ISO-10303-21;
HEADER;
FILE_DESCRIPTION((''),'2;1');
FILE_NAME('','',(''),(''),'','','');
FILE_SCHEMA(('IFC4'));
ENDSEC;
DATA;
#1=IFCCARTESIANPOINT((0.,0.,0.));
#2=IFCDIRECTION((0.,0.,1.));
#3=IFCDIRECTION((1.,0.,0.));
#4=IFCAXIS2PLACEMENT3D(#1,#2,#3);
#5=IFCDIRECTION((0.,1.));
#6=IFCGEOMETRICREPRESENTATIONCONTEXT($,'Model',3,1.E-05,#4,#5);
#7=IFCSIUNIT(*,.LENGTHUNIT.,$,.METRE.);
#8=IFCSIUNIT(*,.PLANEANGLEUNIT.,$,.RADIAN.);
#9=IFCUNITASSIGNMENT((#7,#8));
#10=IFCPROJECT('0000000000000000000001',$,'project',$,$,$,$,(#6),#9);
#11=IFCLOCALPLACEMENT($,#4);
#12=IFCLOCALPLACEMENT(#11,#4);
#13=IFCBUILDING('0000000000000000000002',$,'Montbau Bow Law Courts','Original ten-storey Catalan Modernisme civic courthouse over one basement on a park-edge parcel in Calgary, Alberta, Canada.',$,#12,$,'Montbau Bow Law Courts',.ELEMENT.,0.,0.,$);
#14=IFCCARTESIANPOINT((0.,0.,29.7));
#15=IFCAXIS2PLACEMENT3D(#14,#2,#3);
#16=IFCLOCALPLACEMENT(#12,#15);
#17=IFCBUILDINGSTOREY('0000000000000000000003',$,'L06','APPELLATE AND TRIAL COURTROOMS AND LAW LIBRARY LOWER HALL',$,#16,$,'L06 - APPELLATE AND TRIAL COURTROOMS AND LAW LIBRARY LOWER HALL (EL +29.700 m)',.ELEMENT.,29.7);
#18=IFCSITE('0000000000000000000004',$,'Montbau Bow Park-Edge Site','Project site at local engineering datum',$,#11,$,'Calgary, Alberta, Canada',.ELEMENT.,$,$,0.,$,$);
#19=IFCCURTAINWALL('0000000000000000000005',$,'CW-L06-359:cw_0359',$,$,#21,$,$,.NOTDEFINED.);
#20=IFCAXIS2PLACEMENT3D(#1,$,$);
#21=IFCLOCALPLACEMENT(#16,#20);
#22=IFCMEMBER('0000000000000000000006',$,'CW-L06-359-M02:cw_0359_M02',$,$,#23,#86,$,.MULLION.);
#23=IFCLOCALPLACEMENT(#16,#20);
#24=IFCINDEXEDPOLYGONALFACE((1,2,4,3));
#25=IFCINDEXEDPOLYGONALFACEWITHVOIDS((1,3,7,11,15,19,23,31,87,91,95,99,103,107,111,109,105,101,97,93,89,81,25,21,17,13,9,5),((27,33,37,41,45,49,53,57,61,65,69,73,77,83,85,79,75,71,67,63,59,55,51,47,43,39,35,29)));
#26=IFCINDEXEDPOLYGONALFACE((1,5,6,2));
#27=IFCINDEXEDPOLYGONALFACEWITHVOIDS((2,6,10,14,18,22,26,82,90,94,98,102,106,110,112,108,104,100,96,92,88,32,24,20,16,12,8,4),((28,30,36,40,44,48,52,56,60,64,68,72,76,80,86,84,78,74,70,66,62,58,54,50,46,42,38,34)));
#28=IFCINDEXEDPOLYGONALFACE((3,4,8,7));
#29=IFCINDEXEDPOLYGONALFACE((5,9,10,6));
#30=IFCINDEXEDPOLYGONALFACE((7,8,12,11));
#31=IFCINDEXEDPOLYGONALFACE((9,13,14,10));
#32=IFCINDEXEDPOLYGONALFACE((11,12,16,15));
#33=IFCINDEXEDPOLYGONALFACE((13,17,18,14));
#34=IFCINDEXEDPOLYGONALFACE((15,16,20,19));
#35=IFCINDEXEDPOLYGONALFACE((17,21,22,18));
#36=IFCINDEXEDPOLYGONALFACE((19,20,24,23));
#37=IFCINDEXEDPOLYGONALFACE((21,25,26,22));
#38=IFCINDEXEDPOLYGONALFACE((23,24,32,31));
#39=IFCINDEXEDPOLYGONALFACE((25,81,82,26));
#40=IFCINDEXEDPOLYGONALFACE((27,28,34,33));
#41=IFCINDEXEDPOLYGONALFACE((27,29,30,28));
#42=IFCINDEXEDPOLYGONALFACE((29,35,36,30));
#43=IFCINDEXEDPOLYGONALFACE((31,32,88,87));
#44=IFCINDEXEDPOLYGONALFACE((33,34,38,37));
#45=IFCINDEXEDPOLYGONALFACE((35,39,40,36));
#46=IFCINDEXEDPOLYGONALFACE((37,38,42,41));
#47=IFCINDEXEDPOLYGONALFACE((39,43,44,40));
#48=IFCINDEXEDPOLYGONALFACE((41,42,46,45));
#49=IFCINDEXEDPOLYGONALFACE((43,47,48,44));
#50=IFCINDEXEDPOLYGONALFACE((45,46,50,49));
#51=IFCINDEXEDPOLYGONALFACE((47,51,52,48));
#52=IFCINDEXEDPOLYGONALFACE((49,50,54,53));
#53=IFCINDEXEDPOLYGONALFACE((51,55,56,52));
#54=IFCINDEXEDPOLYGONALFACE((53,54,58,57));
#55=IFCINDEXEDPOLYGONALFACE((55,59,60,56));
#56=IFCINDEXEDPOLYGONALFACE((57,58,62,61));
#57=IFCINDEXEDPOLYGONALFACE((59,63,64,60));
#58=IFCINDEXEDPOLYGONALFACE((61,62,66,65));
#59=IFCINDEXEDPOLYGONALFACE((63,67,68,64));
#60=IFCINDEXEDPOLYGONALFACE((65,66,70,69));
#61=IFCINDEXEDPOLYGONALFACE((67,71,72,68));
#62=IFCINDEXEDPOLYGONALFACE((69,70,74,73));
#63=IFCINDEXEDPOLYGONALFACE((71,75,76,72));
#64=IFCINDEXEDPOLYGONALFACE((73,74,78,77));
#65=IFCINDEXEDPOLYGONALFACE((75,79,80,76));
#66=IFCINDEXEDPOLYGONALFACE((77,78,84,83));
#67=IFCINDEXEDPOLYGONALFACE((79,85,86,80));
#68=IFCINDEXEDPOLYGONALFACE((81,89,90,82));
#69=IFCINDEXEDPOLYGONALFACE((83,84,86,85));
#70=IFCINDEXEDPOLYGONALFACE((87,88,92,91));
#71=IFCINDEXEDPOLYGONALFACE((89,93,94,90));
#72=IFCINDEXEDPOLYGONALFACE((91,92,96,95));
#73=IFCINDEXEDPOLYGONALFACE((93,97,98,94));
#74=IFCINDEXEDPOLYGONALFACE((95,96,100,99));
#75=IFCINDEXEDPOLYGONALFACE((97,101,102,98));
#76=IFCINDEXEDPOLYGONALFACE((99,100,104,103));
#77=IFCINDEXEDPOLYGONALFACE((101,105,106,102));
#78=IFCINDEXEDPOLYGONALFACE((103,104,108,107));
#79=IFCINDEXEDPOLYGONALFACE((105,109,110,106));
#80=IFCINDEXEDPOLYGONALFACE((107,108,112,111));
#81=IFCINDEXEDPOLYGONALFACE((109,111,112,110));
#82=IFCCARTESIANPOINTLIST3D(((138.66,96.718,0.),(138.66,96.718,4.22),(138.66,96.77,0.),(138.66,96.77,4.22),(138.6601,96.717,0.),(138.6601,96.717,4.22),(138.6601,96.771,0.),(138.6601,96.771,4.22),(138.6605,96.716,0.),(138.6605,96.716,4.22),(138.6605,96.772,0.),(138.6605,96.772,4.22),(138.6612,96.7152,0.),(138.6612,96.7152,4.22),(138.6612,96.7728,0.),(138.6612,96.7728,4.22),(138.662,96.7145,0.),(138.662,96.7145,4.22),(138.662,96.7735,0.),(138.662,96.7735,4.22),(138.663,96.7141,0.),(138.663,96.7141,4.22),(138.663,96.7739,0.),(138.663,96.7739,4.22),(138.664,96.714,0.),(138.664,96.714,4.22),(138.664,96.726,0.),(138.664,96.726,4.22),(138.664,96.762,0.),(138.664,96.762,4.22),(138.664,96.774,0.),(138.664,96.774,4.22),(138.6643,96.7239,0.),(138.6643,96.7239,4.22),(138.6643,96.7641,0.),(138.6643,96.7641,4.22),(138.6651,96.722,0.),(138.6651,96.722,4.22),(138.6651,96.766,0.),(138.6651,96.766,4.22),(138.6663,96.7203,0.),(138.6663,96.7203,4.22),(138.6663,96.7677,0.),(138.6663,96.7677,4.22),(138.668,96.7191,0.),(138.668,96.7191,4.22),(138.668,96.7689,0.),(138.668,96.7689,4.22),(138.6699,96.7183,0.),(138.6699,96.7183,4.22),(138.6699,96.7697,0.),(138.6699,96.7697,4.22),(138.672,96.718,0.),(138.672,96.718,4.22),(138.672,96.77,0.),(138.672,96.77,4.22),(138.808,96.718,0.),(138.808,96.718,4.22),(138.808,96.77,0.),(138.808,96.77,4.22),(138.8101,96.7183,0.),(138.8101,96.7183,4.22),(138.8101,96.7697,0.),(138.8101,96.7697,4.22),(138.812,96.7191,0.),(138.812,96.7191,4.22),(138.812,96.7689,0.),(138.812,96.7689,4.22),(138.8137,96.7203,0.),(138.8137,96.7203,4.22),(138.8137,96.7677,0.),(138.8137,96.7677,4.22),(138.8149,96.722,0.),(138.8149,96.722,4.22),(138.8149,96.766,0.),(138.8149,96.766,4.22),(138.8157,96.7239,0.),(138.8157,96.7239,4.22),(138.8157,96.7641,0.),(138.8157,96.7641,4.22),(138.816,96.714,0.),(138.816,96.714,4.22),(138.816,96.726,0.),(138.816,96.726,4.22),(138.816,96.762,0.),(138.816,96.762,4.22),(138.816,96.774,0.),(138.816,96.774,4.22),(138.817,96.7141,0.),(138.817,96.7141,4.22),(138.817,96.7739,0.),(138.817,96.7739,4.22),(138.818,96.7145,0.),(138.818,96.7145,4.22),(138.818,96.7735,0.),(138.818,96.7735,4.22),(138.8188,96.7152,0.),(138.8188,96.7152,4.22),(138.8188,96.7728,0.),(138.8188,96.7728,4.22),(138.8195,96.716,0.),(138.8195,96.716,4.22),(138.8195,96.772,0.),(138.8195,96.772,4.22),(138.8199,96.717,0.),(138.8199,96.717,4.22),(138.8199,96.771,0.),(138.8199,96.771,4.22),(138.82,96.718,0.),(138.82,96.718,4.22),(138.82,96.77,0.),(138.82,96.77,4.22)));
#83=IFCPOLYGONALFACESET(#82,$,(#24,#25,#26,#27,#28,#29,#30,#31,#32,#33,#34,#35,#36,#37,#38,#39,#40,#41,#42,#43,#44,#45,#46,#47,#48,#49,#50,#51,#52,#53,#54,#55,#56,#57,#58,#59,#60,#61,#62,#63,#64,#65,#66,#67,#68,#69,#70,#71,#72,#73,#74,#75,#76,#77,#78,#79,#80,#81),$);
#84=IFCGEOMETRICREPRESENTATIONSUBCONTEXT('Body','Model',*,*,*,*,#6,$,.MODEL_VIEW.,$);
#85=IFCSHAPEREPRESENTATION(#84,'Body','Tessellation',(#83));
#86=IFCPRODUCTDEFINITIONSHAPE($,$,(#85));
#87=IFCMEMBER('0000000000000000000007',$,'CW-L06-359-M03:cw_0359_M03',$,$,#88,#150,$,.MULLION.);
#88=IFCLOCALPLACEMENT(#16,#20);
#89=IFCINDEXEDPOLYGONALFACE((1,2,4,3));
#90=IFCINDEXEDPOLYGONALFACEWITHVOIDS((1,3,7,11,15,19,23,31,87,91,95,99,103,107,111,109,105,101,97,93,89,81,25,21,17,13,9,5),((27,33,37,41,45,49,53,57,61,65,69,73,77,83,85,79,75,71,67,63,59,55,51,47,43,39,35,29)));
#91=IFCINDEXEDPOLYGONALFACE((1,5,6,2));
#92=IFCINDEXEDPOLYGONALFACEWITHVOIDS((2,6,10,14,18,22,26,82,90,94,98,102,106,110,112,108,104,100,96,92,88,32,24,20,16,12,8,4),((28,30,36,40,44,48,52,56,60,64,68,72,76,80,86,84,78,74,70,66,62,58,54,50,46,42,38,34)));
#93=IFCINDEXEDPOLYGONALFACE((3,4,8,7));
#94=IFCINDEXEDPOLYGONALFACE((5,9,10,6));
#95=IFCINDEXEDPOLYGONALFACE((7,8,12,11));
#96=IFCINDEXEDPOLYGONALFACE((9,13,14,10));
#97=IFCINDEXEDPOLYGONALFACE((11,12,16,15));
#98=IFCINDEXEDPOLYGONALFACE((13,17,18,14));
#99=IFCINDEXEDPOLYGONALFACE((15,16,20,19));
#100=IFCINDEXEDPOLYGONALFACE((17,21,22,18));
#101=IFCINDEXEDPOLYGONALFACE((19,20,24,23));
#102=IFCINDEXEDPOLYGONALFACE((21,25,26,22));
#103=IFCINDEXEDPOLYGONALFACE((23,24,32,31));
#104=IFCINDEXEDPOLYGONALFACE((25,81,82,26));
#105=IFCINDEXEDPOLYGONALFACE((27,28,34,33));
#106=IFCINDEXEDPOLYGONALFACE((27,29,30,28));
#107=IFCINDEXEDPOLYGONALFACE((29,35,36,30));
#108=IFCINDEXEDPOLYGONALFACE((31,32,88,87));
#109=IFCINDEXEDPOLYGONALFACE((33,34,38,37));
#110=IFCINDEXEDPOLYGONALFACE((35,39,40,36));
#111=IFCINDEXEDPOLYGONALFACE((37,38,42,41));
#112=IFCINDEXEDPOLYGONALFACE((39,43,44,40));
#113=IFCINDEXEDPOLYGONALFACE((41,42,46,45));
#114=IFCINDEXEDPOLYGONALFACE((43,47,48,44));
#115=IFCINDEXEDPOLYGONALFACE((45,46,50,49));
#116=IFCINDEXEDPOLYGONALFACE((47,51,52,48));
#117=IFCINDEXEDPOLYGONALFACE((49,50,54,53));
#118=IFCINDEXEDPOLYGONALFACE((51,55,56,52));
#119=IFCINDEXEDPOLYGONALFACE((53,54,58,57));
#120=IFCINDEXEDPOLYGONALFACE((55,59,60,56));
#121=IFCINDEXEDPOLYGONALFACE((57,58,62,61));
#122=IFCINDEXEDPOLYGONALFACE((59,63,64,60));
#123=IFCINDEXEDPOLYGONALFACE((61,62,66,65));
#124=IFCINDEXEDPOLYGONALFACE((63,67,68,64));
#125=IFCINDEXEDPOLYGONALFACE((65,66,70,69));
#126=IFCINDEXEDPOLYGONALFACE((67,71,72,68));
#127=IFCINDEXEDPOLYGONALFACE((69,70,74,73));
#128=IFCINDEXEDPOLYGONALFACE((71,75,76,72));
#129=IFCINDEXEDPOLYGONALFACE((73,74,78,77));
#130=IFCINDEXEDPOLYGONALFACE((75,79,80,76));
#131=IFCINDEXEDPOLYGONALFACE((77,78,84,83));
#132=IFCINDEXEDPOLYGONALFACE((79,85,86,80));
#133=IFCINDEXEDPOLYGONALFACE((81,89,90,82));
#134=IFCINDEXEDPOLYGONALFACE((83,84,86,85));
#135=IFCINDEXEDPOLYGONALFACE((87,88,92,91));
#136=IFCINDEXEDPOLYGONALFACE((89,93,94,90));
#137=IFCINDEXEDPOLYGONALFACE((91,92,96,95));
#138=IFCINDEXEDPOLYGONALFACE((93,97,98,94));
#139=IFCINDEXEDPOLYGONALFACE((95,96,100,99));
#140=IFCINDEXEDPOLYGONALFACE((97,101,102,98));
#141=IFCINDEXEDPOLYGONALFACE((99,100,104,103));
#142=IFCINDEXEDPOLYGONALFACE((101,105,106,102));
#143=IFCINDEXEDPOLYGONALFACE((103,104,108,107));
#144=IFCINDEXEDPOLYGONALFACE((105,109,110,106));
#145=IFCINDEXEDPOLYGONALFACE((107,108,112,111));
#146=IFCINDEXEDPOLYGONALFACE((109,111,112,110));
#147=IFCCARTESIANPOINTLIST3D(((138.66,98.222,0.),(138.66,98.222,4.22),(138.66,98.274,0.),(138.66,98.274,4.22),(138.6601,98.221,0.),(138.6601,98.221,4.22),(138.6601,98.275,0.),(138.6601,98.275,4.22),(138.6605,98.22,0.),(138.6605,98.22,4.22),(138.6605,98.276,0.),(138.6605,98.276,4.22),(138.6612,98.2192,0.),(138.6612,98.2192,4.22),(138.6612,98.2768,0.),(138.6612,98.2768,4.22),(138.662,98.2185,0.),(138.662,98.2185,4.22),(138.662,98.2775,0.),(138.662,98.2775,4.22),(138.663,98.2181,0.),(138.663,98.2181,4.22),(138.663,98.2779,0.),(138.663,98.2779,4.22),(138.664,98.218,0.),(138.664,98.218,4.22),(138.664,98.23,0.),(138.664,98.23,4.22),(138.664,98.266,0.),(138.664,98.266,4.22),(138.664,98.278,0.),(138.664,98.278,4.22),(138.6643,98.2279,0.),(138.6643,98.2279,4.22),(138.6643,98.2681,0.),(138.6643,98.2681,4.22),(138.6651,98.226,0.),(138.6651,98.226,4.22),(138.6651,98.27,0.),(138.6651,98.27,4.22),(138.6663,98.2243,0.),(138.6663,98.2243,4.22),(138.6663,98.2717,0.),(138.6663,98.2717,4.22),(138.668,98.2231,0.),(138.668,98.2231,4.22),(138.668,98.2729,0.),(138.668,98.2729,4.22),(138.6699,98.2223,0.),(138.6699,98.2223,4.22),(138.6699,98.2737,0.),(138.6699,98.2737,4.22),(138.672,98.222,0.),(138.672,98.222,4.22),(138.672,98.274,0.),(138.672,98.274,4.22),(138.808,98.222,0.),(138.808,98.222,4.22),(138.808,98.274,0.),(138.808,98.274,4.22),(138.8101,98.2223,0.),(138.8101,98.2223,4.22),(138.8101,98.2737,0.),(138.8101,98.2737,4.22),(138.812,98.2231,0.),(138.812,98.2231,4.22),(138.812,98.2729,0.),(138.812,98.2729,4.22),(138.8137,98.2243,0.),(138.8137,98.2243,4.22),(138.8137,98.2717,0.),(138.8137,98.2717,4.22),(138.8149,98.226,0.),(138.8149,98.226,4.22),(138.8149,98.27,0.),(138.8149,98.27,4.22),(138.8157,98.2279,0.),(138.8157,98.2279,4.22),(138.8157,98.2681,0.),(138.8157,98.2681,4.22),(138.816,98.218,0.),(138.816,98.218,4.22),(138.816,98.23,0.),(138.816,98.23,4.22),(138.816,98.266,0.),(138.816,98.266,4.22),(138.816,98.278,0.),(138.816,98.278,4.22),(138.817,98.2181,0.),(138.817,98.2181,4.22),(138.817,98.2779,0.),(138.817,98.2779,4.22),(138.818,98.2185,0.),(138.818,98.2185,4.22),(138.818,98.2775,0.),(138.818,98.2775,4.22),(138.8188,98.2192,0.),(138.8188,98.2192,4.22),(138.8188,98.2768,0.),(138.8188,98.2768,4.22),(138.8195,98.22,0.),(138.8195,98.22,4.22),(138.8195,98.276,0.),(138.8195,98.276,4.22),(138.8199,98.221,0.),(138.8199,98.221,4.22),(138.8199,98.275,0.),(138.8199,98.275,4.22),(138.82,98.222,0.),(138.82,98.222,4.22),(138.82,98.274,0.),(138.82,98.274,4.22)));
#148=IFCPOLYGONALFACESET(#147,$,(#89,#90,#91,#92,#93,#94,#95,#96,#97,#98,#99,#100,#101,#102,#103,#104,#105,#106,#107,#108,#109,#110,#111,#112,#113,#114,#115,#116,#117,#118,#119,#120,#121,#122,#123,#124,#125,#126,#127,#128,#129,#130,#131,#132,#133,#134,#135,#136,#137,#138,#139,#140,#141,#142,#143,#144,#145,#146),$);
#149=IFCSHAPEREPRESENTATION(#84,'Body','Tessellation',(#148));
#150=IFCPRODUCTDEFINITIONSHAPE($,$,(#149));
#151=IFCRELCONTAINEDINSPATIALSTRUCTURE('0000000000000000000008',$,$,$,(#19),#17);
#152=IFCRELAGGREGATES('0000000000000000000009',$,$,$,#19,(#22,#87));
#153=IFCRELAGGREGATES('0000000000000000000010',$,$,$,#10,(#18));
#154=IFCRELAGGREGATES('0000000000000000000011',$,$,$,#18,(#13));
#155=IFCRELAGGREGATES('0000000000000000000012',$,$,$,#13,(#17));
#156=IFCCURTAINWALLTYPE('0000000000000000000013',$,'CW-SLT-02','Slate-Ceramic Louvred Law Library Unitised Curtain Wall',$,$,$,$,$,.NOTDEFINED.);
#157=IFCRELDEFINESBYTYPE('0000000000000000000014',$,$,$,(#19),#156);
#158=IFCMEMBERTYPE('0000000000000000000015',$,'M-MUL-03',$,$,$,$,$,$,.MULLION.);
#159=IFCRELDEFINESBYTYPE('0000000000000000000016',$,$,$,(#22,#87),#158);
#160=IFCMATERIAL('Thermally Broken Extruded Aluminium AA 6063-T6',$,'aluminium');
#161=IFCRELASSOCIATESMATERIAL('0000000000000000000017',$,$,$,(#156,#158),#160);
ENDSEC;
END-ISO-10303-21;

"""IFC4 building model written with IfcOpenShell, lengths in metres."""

from ifc_helpers import new_model, si_unit, direction, frame, origin_with_axes, origin_2d_with_axis, place, context, subcontext, project, spatial, hollow_rectangle, extrude, material, material_profile, profile_set, type_object, element, aggregate, save


model = new_model("IFC4")

# Units and contexts
model_context = context("Model", 3, precision=1e-05, world=origin_with_axes(), true_north=direction((0.0, 1.0)))
body_context = subcontext(model_context, "Body", "Model", "MODEL_VIEW")
ifc_project = project(units=[si_unit("LENGTHUNIT", "METRE"), si_unit("PLANEANGLEUNIT", "RADIAN")], contexts=[model_context])

# Site, building, storey
site_placement = place(None, origin_with_axes())
site = spatial("IfcSite", under=ifc_project, at=site_placement, Name="Montbau Bow Park-Edge Site", Description="Project site at local engineering datum", LongName="Calgary, Alberta, Canada", CompositionType="ELEMENT", RefElevation=0.0)
building_placement = place(site_placement, origin_with_axes())
building = spatial("IfcBuilding", under=site, at=building_placement, Name="Montbau Bow Law Courts", Description="Original ten-storey Catalan Modernisme civic courthouse over one basement on a park-edge parcel in Calgary, Alberta, Canada.", LongName="Montbau Bow Law Courts", CompositionType="ELEMENT", ElevationOfRefHeight=0.0, ElevationOfTerrain=0.0)
storey_placement = place(building_placement, frame((0.0, 0.0, 29.7), z_axis=(0.0, 0.0, 1.0), x_axis=(1.0, 0.0, 0.0)))
storey = spatial("IfcBuildingStorey", under=building, at=storey_placement, Name="L06", Description="APPELLATE AND TRIAL COURTROOMS AND LAW LIBRARY LOWER HALL", LongName="L06 - APPELLATE AND TRIAL COURTROOMS AND LAW LIBRARY LOWER HALL (EL +29.700 m)", CompositionType="ELEMENT", Elevation=29.7)

# Curtain wall, members
ifc_material_1 = material(Name="Thermally Broken Extruded Aluminium AA 6063-T6", Category="aluminium")
curtain_wall_type = type_object("IfcCurtainWallType", Name="CW-SLT-02", Description="Slate-Ceramic Louvred Law Library Unitised Curtain Wall", PredefinedType="NOTDEFINED", material=ifc_material_1)
curtain_wall_placement = place(None, frame((138.74, 95.24, 29.7), z_axis=(0.0, 0.0, 1.0), x_axis=(1.0, 0.0, 0.0)))
curtain_wall = element("IfcCurtainWall", 1, at=curtain_wall_placement, inside=storey, type_object=curtain_wall_type, Name="CW-L06-359:cw_0359", PredefinedType="NOTDEFINED")
ifc_material_profile_1 = material_profile(ifc_material_1, hollow_rectangle(XDim=0.06, YDim=0.16, WallThickness=0.004, InnerFilletRadius=0.008, OuterFilletRadius=0.004, at=origin_2d_with_axis()), Name="CWM-160X60", Category="Main", Priority=0)
ifc_profile_set_1 = profile_set([ifc_material_profile_1], Name="Thermally Broken Extruded Aluminium AA 6063-T6")
member_type_1 = type_object("IfcMemberType", Name="M-MUL-03", PredefinedType="MULLION", material=ifc_profile_set_1)
member_1_placement = place(None, frame((138.74, 96.744, 29.7), z_axis=(0.0, 0.0, 1.0), x_axis=(0.0, 1.0, 0.0)))
member_1 = element("IfcMember", 2, at=member_1_placement, type_object=member_type_1, Name="CW-L06-359-M02:cw_0359_M02", PredefinedType="MULLION", context=body_context, shape_type="SweptSolid", body=[
    extrude(hollow_rectangle(XDim=0.06, YDim=0.16, WallThickness=0.004, InnerFilletRadius=0.008, OuterFilletRadius=0.004, at=origin_2d_with_axis()), origin_with_axes(), (0.0, 0.0, 1.0), 4.22),
])
member_2_placement = place(None, frame((138.74, 98.248, 29.7), z_axis=(0.0, 0.0, 1.0), x_axis=(0.0, 1.0, 0.0)))
member_2 = element("IfcMember", 3, at=member_2_placement, type_object=member_type_1, Name="CW-L06-359-M03:cw_0359_M03", PredefinedType="MULLION", context=body_context, shape_type="SweptSolid", body=[
    extrude(hollow_rectangle(XDim=0.06, YDim=0.16, WallThickness=0.004, InnerFilletRadius=0.008, OuterFilletRadius=0.004, at=origin_2d_with_axis()), origin_with_axes(), (0.0, 0.0, 1.0), 4.22),
])
aggregate(curtain_wall, [member_1, member_2])

save(model, "model.ifc")
